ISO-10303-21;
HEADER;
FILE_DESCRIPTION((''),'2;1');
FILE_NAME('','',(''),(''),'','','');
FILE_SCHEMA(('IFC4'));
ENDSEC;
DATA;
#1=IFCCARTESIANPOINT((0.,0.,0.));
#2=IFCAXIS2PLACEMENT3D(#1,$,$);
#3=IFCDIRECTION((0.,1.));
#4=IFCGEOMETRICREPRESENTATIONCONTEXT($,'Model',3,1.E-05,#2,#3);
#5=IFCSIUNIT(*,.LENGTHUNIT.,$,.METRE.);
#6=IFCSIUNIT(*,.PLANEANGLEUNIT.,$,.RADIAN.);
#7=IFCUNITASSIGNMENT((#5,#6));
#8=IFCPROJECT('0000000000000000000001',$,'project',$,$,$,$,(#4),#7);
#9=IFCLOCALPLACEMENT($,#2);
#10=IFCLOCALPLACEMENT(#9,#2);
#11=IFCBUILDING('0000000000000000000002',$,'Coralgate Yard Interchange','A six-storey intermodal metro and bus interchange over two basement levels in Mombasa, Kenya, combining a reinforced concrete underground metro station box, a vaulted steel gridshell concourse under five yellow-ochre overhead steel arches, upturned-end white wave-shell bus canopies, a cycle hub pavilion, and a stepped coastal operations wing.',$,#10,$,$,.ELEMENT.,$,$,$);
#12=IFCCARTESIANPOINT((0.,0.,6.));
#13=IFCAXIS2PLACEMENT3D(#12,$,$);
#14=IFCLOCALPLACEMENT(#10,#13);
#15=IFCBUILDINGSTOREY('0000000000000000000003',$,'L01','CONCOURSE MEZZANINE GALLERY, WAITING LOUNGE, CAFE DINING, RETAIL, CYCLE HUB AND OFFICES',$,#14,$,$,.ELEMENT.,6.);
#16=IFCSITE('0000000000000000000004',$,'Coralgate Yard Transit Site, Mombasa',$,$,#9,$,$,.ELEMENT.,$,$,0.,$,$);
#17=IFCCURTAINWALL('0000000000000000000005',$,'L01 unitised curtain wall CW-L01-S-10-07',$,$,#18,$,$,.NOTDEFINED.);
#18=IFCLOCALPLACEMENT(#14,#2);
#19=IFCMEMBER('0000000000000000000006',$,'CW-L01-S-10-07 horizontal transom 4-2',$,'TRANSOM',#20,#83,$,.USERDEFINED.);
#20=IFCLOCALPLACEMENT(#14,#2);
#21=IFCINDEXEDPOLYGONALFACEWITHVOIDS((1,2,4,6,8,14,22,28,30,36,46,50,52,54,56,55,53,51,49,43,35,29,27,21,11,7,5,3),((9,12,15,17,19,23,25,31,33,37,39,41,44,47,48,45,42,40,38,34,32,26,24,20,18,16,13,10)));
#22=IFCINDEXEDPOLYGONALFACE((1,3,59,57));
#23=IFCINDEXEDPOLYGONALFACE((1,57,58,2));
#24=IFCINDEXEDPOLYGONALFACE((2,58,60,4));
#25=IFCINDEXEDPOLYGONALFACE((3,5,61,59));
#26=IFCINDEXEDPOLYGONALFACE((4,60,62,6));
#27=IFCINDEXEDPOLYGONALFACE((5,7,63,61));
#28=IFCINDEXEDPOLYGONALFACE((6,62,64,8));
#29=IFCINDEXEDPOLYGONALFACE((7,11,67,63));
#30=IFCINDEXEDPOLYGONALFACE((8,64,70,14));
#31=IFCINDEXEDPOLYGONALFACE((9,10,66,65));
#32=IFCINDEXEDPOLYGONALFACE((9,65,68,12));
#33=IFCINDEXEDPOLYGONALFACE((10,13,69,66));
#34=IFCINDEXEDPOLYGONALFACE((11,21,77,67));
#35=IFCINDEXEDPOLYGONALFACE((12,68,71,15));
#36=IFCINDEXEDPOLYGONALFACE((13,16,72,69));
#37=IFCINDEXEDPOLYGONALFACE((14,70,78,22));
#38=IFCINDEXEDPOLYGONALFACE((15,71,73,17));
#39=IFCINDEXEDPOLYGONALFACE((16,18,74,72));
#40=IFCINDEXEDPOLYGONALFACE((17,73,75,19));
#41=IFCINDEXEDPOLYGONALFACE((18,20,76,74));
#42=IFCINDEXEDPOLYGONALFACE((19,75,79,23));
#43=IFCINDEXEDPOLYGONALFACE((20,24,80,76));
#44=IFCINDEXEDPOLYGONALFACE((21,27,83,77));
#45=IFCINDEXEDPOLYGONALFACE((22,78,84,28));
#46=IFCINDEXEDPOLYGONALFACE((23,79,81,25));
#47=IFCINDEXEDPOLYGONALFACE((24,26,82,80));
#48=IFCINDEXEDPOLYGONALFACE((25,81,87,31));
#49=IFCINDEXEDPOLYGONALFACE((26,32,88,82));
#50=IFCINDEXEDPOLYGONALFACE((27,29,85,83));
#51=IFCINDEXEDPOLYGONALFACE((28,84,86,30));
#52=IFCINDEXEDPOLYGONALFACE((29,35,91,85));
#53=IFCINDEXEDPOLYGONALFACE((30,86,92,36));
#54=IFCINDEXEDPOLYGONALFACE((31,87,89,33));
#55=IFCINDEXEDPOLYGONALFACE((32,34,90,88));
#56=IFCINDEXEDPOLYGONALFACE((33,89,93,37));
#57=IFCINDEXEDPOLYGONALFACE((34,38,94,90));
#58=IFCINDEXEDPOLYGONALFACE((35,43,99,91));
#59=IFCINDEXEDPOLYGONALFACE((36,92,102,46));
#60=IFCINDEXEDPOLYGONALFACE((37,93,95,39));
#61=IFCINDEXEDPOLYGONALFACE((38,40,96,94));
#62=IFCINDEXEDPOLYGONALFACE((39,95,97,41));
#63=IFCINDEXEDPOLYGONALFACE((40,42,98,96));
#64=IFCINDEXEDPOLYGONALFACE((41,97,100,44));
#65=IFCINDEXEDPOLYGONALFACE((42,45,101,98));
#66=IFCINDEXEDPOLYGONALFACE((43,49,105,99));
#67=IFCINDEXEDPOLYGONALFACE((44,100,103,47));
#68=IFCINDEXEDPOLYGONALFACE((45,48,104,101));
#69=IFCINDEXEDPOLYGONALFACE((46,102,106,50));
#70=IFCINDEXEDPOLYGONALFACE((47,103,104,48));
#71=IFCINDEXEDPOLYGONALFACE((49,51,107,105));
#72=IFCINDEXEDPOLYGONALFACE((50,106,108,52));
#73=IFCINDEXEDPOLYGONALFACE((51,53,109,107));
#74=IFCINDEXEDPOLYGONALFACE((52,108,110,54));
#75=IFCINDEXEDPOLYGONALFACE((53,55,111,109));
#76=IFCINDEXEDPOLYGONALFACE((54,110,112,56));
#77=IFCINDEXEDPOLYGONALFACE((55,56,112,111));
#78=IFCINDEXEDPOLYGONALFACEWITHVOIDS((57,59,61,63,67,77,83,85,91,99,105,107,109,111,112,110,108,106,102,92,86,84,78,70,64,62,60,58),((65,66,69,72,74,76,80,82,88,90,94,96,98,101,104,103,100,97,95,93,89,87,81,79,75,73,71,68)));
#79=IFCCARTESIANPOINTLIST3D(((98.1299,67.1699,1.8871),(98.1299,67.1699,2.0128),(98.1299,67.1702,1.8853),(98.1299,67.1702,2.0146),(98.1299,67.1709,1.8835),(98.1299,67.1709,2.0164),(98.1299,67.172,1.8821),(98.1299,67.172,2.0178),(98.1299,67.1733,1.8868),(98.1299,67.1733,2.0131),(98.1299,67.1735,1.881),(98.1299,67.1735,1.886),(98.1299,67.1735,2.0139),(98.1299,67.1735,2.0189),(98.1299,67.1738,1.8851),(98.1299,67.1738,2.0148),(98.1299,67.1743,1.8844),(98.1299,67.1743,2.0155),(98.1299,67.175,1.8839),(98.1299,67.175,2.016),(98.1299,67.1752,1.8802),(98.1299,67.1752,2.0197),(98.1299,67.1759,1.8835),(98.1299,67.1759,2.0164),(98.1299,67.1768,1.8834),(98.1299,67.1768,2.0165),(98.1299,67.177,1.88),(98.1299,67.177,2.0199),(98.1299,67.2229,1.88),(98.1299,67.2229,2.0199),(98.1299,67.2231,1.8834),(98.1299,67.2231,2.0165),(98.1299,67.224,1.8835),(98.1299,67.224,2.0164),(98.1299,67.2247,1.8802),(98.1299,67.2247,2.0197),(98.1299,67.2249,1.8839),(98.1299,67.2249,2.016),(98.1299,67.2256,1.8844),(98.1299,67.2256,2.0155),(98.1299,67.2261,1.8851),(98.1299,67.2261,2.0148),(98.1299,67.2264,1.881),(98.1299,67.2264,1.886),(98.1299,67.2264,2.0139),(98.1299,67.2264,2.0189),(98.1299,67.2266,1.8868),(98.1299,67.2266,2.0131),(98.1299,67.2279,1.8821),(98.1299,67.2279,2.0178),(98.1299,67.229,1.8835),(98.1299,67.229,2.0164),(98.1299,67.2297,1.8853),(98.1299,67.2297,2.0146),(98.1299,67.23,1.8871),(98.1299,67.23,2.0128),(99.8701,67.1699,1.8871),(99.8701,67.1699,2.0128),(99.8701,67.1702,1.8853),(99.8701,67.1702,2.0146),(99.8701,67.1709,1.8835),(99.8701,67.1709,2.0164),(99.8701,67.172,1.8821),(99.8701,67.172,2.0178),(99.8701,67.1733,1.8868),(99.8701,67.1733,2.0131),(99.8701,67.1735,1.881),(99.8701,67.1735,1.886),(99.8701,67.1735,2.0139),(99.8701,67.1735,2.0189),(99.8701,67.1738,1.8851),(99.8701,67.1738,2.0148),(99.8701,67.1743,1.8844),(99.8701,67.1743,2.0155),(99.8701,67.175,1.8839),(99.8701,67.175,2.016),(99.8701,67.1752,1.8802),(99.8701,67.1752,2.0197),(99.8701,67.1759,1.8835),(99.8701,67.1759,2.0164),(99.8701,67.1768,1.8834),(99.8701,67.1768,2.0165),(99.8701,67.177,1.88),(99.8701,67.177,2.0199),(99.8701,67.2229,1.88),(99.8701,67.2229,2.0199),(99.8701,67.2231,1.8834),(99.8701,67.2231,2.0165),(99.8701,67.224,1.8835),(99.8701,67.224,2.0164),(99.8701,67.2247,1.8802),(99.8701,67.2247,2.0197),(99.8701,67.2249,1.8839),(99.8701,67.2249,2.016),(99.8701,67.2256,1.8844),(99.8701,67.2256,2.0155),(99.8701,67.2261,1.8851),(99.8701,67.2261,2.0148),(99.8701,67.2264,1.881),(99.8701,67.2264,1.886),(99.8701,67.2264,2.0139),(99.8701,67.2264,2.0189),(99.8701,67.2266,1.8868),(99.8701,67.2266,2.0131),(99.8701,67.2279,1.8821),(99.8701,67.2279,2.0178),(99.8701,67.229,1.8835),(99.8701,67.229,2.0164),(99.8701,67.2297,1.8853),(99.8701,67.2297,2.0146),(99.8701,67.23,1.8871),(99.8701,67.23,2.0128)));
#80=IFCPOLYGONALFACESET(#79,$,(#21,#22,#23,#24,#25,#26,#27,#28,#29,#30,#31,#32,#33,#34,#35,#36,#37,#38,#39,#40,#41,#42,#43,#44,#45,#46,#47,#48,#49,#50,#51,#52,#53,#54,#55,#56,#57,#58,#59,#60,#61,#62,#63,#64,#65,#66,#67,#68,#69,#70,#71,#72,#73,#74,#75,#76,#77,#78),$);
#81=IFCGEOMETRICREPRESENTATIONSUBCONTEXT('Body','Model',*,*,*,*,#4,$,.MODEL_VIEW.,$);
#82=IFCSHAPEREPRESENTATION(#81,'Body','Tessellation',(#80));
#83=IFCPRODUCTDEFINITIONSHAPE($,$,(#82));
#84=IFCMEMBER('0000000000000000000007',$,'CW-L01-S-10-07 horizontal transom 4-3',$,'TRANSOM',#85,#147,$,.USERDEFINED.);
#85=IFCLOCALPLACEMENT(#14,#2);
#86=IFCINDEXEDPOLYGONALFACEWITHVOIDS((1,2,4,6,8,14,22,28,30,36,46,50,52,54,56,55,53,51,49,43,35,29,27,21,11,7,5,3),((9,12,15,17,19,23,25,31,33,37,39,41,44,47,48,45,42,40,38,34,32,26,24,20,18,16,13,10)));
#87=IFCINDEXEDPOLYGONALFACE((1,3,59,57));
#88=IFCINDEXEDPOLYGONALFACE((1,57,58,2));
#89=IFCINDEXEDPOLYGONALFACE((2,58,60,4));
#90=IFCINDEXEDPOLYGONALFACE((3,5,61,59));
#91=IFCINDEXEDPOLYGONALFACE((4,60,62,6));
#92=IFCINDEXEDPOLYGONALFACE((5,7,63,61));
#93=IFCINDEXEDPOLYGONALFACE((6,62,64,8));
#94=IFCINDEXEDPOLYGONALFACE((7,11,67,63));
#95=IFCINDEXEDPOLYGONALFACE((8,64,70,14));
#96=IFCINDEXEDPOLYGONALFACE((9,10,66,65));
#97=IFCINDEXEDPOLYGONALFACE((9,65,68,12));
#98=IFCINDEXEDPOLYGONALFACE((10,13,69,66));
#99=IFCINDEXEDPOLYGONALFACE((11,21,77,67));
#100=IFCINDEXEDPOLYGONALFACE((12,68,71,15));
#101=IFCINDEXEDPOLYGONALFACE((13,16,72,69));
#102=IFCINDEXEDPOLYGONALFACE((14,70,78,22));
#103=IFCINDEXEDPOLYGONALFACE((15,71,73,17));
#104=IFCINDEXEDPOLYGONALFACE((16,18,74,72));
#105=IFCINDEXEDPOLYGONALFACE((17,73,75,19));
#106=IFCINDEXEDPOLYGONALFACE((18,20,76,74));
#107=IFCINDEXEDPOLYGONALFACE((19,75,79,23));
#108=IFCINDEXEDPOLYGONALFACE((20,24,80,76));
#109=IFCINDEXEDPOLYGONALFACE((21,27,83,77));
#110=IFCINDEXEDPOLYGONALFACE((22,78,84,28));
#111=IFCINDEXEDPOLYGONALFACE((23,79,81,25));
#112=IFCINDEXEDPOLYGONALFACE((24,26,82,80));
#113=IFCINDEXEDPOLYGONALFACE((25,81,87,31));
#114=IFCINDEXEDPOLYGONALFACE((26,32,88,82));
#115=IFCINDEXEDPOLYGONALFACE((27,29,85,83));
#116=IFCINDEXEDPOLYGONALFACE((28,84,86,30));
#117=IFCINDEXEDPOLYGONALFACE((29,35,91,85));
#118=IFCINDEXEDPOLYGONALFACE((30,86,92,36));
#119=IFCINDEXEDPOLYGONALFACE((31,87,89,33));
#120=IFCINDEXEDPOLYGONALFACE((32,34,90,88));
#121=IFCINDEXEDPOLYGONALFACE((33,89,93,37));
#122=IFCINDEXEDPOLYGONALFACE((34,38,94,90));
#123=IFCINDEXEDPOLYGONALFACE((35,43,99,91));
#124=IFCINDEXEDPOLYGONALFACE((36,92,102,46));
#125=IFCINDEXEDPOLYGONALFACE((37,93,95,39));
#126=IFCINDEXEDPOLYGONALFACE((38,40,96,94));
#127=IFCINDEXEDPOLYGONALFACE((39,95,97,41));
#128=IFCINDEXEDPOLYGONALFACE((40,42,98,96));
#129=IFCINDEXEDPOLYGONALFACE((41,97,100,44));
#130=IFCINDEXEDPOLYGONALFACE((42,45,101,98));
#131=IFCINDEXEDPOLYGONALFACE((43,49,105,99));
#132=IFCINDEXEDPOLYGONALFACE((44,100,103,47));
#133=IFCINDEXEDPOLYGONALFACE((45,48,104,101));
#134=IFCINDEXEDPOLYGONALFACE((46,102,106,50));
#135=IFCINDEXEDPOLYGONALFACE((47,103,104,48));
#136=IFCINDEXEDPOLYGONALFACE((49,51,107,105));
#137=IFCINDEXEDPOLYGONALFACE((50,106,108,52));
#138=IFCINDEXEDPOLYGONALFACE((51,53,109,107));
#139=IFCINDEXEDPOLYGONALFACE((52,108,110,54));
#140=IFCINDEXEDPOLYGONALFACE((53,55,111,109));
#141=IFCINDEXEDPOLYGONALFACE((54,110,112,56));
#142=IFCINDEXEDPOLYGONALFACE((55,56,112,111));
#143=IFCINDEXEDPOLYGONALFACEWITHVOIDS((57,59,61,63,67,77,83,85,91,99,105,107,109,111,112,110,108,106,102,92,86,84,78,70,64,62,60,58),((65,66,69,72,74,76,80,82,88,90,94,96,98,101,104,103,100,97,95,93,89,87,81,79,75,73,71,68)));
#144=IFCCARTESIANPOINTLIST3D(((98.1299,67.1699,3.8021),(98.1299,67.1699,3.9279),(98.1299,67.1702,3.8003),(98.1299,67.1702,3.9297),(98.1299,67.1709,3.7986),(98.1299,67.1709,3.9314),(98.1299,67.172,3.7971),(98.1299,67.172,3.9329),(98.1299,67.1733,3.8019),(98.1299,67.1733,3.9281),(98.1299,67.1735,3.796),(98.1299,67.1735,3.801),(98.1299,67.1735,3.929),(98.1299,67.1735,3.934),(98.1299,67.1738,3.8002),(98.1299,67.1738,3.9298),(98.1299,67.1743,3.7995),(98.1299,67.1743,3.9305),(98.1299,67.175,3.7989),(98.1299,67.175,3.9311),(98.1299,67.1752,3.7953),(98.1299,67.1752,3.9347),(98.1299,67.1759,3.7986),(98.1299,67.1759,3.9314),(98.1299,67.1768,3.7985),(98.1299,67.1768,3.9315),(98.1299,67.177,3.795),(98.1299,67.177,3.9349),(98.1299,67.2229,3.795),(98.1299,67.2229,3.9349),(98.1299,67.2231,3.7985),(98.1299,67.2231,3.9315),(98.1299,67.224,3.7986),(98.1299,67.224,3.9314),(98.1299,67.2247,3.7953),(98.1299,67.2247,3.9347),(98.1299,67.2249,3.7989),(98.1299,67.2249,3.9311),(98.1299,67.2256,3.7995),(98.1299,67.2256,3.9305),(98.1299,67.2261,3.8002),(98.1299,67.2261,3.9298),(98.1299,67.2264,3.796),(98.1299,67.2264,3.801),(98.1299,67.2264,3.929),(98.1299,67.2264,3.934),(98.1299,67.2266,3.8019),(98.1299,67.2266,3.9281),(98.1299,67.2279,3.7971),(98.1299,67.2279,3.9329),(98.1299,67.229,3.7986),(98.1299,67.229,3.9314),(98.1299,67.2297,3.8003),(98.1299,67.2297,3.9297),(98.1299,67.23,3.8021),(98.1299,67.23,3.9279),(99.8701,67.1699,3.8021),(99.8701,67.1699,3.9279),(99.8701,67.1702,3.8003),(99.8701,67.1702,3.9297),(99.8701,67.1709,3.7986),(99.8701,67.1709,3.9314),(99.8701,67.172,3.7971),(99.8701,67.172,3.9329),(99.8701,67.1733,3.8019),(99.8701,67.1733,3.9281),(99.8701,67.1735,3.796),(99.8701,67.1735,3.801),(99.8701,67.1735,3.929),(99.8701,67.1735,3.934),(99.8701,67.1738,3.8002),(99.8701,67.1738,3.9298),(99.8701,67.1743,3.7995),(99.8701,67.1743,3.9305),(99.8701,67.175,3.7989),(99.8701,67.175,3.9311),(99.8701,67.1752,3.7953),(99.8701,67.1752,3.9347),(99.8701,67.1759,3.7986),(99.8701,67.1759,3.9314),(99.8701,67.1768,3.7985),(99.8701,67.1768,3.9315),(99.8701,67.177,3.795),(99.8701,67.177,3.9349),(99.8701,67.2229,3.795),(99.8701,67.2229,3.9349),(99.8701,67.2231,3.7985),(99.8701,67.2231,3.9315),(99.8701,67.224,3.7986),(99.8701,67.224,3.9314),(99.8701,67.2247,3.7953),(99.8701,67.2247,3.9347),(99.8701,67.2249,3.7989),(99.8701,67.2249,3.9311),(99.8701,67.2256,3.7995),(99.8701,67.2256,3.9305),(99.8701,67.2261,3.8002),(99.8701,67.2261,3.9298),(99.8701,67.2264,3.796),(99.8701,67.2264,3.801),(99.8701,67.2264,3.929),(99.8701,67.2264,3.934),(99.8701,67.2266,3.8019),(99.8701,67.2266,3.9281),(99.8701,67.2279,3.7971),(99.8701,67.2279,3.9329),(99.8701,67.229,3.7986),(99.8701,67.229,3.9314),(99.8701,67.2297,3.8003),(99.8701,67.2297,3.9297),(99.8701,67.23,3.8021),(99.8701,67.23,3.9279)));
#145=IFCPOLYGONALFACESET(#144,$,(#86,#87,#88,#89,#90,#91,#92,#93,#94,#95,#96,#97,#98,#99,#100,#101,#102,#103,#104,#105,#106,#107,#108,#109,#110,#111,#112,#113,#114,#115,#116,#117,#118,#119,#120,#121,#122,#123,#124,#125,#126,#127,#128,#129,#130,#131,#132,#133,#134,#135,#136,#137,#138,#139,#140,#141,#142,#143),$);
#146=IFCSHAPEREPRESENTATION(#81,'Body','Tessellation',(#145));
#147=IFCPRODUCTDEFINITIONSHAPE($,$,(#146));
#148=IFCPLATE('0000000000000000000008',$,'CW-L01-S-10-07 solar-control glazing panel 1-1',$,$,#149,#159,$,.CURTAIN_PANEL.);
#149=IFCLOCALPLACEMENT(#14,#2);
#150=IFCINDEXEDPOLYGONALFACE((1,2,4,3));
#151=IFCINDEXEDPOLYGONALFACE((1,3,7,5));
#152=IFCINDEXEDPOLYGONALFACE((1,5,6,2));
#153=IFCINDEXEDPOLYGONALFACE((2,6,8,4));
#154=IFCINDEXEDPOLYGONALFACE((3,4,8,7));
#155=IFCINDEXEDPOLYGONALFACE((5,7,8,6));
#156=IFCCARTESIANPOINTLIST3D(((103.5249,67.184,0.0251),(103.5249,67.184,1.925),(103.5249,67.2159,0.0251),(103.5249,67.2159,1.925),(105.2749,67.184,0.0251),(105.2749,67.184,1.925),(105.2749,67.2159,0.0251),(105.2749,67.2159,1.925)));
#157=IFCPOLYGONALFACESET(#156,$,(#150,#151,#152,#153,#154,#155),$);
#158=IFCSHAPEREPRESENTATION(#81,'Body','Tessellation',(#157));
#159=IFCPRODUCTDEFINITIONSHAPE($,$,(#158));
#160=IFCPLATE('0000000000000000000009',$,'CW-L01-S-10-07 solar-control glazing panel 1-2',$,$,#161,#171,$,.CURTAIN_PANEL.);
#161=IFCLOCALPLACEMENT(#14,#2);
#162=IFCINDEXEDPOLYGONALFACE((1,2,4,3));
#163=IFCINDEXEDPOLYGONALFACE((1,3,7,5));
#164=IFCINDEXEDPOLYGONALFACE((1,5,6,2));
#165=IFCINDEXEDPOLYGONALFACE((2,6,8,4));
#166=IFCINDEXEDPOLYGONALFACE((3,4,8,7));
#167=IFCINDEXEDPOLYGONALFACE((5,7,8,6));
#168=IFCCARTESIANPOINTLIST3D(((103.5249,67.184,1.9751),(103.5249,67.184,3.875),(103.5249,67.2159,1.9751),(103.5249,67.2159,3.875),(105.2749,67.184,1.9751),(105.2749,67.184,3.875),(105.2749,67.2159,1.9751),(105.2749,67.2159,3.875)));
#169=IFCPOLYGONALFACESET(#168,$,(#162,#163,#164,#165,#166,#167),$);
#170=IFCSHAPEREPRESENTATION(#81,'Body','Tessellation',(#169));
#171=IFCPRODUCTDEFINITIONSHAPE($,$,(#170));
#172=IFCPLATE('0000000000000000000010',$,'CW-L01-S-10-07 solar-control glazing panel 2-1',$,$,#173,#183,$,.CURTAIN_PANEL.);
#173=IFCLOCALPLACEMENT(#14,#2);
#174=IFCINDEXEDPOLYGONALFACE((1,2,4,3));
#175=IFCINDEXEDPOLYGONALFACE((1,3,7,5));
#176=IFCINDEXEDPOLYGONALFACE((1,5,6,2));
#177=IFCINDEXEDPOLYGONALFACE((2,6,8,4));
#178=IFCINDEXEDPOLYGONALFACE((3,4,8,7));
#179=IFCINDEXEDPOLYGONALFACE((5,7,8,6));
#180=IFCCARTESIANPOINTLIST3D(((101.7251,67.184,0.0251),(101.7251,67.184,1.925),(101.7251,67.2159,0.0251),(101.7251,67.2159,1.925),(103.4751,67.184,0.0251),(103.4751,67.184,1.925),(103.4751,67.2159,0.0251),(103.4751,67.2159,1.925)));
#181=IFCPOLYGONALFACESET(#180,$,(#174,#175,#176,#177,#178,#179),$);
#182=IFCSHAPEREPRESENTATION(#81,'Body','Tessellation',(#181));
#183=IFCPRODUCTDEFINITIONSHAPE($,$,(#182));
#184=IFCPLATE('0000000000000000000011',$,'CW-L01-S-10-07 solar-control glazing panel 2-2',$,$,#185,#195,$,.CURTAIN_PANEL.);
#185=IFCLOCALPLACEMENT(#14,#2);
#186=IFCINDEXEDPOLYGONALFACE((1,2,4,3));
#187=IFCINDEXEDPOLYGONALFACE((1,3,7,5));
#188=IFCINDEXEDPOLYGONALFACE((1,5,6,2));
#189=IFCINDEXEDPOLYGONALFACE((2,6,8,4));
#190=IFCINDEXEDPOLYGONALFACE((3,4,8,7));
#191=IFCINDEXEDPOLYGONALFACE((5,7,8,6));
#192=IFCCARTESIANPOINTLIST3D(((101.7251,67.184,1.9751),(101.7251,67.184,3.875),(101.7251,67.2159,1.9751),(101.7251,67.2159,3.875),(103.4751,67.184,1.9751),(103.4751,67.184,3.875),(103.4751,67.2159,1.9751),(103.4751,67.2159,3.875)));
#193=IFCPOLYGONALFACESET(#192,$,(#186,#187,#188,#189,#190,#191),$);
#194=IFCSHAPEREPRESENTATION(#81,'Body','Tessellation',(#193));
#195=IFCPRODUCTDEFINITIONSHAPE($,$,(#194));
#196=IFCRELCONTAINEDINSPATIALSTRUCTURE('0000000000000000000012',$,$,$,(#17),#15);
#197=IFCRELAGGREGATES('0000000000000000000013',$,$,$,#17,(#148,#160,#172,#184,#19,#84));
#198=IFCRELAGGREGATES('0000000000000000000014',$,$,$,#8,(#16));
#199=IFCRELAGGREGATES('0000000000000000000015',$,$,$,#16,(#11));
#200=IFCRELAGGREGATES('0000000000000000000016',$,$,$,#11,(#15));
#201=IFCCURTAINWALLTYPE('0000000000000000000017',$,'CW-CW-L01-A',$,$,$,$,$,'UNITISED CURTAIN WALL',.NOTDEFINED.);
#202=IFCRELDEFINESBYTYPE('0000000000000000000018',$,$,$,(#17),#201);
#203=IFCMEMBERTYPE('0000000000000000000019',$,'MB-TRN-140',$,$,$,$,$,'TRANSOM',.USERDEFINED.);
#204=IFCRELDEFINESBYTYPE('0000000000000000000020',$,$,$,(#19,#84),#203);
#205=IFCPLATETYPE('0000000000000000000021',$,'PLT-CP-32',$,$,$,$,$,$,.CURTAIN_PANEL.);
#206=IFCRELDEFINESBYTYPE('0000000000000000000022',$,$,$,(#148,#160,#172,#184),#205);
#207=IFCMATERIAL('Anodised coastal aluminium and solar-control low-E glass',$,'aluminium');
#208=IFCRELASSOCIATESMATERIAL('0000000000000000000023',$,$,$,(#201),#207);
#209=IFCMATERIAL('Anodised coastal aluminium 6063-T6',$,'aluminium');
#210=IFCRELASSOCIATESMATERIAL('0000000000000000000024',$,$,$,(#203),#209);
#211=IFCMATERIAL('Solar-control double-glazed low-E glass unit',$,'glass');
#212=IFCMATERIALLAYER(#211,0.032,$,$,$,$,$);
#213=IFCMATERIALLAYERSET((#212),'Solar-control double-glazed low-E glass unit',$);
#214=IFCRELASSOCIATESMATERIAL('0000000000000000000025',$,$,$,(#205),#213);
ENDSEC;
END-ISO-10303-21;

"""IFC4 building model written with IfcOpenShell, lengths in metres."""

from ifc_helpers import new_model, si_unit, direction, frame, origin, origin_2d, place, context, subcontext, project, spatial, rectangle, hollow_rectangle, extrude, material, layer, layer_set, material_profile, profile_set, type_object, element, aggregate, save


model = new_model("IFC4")

# Units and contexts
model_context = context("Model", 3, precision=1e-05, world=origin(), true_north=direction((0.0, 1.0)))
body_context = subcontext(model_context, "Body", "Model", "MODEL_VIEW")
ifc_project = project(units=[si_unit("LENGTHUNIT", "METRE"), si_unit("PLANEANGLEUNIT", "RADIAN")], contexts=[model_context])

# Site, building, storey
site_placement = place(None, origin())
site = spatial("IfcSite", under=ifc_project, at=site_placement, Name="Coralgate Yard Transit Site, Mombasa", CompositionType="ELEMENT", RefElevation=0.0)
building_placement = place(site_placement, origin())
building = spatial("IfcBuilding", under=site, at=building_placement, Name="Coralgate Yard Interchange", Description="A six-storey intermodal metro and bus interchange over two basement levels in Mombasa, Kenya, combining a reinforced concrete underground metro station box, a vaulted steel gridshell concourse under five yellow-ochre overhead steel arches, upturned-end white wave-shell bus canopies, a cycle hub pavilion, and a stepped coastal operations wing.", CompositionType="ELEMENT")
storey_placement = place(building_placement, frame((0.0, 0.0, 6.0)))
storey = spatial("IfcBuildingStorey", under=building, at=storey_placement, Name="L01", Description="CONCOURSE MEZZANINE GALLERY, WAITING LOUNGE, CAFE DINING, RETAIL, CYCLE HUB AND OFFICES", CompositionType="ELEMENT", Elevation=6.0)

# Curtain wall, members, plates
ifc_material_1 = material(Name="Anodised coastal aluminium and solar-control low-E glass", Category="aluminium")
curtain_wall_type = type_object("IfcCurtainWallType", Name="CW-CW-L01-A", ElementType="UNITISED CURTAIN WALL", PredefinedType="NOTDEFINED", material=ifc_material_1)
curtain_wall_placement = place(storey_placement, origin())
curtain_wall = element("IfcCurtainWall", 1, at=curtain_wall_placement, inside=storey, type_object=curtain_wall_type, Name="L01 unitised curtain wall CW-L01-S-10-07", PredefinedType="NOTDEFINED")
ifc_material_2 = material(Name="Anodised coastal aluminium 6063-T6", Category="aluminium")
ifc_material_profile_1 = material_profile(ifc_material_2, hollow_rectangle(XDim=0.0601, YDim=0.1399, WallThickness=0.0034, InnerFilletRadius=0.0034, OuterFilletRadius=0.0071, at=origin_2d()), Name="ALU 60x140x3.5")
ifc_profile_set_1 = profile_set([ifc_material_profile_1], Name="Anodised coastal aluminium 6063-T6")
member_type_1 = type_object("IfcMemberType", Name="MB-TRN-140", ElementType="TRANSOM", PredefinedType="USERDEFINED", material=ifc_profile_set_1)
member_1_placement = place(storey_placement, frame((99.8701, 67.2, 1.95), z_axis=(-1.0, 0.0, 0.0), x_axis=(0.0, -1.0, 0.0)))
member_1 = element("IfcMember", 2, at=member_1_placement, type_object=member_type_1, Name="CW-L01-S-10-07 horizontal transom 4-2", ObjectType="TRANSOM", PredefinedType="USERDEFINED", context=body_context, shape_type="SweptSolid", body=[
    extrude(hollow_rectangle(XDim=0.0601, YDim=0.1399, WallThickness=0.0034, InnerFilletRadius=0.0034, OuterFilletRadius=0.0071, at=origin_2d()), origin(), (0.0, 0.0, 1.0), 1.7402),
])
member_2_placement = place(storey_placement, frame((99.8701, 67.2, 3.865), z_axis=(-1.0, 0.0, 0.0), x_axis=(0.0, -1.0, 0.0)))
member_2 = element("IfcMember", 3, at=member_2_placement, type_object=member_type_1, Name="CW-L01-S-10-07 horizontal transom 4-3", ObjectType="TRANSOM", PredefinedType="USERDEFINED", context=body_context, shape_type="SweptSolid", body=[
    extrude(hollow_rectangle(XDim=0.0601, YDim=0.1399, WallThickness=0.0034, InnerFilletRadius=0.0034, OuterFilletRadius=0.0071, at=origin_2d()), origin(), (0.0, 0.0, 1.0), 1.7402),
])
ifc_material_3 = material(Name="Solar-control double-glazed low-E glass unit", Category="glass")
ifc_layer = layer(ifc_material_3, 0.032)
ifc_layer_set = layer_set([ifc_layer], Name="Solar-control double-glazed low-E glass unit")
plate_type = type_object("IfcPlateType", Name="PLT-CP-32", PredefinedType="CURTAIN_PANEL", material=ifc_layer_set)
plate_1_placement = place(storey_placement, frame((104.3999, 67.2, 0.0251), z_axis=(0.0, 0.0, 1.0), x_axis=(-1.0, 0.0, 0.0)))
plate_1 = element("IfcPlate", 4, at=plate_1_placement, type_object=plate_type, Name="CW-L01-S-10-07 solar-control glazing panel 1-1", PredefinedType="CURTAIN_PANEL", context=body_context, shape_type="SweptSolid", body=[
    extrude(rectangle(XDim=1.75, YDim=0.032, at=origin_2d()), origin(), (0.0, 0.0, 1.0), 1.8999),
])
plate_2_placement = place(storey_placement, frame((104.3999, 67.2, 1.9751), z_axis=(0.0, 0.0, 1.0), x_axis=(-1.0, 0.0, 0.0)))
plate_2 = element("IfcPlate", 5, at=plate_2_placement, type_object=plate_type, Name="CW-L01-S-10-07 solar-control glazing panel 1-2", PredefinedType="CURTAIN_PANEL", context=body_context, shape_type="SweptSolid", body=[
    extrude(rectangle(XDim=1.75, YDim=0.032, at=origin_2d()), origin(), (0.0, 0.0, 1.0), 1.8999),
])
plate_3_placement = place(storey_placement, frame((102.6001, 67.2, 0.0251), z_axis=(0.0, 0.0, 1.0), x_axis=(-1.0, 0.0, 0.0)))
plate_3 = element("IfcPlate", 6, at=plate_3_placement, type_object=plate_type, Name="CW-L01-S-10-07 solar-control glazing panel 2-1", PredefinedType="CURTAIN_PANEL", context=body_context, shape_type="SweptSolid", body=[
    extrude(rectangle(XDim=1.75, YDim=0.032, at=origin_2d()), origin(), (0.0, 0.0, 1.0), 1.8999),
])
plate_4_placement = place(storey_placement, frame((102.6001, 67.2, 1.9751), z_axis=(0.0, 0.0, 1.0), x_axis=(-1.0, 0.0, 0.0)))
plate_4 = element("IfcPlate", 7, at=plate_4_placement, type_object=plate_type, Name="CW-L01-S-10-07 solar-control glazing panel 2-2", PredefinedType="CURTAIN_PANEL", context=body_context, shape_type="SweptSolid", body=[
    extrude(rectangle(XDim=1.75, YDim=0.032, at=origin_2d()), origin(), (0.0, 0.0, 1.0), 1.8999),
])
aggregate(curtain_wall, [plate_1, plate_2, plate_3, plate_4, member_1, member_2])

save(model, "model.ifc")
